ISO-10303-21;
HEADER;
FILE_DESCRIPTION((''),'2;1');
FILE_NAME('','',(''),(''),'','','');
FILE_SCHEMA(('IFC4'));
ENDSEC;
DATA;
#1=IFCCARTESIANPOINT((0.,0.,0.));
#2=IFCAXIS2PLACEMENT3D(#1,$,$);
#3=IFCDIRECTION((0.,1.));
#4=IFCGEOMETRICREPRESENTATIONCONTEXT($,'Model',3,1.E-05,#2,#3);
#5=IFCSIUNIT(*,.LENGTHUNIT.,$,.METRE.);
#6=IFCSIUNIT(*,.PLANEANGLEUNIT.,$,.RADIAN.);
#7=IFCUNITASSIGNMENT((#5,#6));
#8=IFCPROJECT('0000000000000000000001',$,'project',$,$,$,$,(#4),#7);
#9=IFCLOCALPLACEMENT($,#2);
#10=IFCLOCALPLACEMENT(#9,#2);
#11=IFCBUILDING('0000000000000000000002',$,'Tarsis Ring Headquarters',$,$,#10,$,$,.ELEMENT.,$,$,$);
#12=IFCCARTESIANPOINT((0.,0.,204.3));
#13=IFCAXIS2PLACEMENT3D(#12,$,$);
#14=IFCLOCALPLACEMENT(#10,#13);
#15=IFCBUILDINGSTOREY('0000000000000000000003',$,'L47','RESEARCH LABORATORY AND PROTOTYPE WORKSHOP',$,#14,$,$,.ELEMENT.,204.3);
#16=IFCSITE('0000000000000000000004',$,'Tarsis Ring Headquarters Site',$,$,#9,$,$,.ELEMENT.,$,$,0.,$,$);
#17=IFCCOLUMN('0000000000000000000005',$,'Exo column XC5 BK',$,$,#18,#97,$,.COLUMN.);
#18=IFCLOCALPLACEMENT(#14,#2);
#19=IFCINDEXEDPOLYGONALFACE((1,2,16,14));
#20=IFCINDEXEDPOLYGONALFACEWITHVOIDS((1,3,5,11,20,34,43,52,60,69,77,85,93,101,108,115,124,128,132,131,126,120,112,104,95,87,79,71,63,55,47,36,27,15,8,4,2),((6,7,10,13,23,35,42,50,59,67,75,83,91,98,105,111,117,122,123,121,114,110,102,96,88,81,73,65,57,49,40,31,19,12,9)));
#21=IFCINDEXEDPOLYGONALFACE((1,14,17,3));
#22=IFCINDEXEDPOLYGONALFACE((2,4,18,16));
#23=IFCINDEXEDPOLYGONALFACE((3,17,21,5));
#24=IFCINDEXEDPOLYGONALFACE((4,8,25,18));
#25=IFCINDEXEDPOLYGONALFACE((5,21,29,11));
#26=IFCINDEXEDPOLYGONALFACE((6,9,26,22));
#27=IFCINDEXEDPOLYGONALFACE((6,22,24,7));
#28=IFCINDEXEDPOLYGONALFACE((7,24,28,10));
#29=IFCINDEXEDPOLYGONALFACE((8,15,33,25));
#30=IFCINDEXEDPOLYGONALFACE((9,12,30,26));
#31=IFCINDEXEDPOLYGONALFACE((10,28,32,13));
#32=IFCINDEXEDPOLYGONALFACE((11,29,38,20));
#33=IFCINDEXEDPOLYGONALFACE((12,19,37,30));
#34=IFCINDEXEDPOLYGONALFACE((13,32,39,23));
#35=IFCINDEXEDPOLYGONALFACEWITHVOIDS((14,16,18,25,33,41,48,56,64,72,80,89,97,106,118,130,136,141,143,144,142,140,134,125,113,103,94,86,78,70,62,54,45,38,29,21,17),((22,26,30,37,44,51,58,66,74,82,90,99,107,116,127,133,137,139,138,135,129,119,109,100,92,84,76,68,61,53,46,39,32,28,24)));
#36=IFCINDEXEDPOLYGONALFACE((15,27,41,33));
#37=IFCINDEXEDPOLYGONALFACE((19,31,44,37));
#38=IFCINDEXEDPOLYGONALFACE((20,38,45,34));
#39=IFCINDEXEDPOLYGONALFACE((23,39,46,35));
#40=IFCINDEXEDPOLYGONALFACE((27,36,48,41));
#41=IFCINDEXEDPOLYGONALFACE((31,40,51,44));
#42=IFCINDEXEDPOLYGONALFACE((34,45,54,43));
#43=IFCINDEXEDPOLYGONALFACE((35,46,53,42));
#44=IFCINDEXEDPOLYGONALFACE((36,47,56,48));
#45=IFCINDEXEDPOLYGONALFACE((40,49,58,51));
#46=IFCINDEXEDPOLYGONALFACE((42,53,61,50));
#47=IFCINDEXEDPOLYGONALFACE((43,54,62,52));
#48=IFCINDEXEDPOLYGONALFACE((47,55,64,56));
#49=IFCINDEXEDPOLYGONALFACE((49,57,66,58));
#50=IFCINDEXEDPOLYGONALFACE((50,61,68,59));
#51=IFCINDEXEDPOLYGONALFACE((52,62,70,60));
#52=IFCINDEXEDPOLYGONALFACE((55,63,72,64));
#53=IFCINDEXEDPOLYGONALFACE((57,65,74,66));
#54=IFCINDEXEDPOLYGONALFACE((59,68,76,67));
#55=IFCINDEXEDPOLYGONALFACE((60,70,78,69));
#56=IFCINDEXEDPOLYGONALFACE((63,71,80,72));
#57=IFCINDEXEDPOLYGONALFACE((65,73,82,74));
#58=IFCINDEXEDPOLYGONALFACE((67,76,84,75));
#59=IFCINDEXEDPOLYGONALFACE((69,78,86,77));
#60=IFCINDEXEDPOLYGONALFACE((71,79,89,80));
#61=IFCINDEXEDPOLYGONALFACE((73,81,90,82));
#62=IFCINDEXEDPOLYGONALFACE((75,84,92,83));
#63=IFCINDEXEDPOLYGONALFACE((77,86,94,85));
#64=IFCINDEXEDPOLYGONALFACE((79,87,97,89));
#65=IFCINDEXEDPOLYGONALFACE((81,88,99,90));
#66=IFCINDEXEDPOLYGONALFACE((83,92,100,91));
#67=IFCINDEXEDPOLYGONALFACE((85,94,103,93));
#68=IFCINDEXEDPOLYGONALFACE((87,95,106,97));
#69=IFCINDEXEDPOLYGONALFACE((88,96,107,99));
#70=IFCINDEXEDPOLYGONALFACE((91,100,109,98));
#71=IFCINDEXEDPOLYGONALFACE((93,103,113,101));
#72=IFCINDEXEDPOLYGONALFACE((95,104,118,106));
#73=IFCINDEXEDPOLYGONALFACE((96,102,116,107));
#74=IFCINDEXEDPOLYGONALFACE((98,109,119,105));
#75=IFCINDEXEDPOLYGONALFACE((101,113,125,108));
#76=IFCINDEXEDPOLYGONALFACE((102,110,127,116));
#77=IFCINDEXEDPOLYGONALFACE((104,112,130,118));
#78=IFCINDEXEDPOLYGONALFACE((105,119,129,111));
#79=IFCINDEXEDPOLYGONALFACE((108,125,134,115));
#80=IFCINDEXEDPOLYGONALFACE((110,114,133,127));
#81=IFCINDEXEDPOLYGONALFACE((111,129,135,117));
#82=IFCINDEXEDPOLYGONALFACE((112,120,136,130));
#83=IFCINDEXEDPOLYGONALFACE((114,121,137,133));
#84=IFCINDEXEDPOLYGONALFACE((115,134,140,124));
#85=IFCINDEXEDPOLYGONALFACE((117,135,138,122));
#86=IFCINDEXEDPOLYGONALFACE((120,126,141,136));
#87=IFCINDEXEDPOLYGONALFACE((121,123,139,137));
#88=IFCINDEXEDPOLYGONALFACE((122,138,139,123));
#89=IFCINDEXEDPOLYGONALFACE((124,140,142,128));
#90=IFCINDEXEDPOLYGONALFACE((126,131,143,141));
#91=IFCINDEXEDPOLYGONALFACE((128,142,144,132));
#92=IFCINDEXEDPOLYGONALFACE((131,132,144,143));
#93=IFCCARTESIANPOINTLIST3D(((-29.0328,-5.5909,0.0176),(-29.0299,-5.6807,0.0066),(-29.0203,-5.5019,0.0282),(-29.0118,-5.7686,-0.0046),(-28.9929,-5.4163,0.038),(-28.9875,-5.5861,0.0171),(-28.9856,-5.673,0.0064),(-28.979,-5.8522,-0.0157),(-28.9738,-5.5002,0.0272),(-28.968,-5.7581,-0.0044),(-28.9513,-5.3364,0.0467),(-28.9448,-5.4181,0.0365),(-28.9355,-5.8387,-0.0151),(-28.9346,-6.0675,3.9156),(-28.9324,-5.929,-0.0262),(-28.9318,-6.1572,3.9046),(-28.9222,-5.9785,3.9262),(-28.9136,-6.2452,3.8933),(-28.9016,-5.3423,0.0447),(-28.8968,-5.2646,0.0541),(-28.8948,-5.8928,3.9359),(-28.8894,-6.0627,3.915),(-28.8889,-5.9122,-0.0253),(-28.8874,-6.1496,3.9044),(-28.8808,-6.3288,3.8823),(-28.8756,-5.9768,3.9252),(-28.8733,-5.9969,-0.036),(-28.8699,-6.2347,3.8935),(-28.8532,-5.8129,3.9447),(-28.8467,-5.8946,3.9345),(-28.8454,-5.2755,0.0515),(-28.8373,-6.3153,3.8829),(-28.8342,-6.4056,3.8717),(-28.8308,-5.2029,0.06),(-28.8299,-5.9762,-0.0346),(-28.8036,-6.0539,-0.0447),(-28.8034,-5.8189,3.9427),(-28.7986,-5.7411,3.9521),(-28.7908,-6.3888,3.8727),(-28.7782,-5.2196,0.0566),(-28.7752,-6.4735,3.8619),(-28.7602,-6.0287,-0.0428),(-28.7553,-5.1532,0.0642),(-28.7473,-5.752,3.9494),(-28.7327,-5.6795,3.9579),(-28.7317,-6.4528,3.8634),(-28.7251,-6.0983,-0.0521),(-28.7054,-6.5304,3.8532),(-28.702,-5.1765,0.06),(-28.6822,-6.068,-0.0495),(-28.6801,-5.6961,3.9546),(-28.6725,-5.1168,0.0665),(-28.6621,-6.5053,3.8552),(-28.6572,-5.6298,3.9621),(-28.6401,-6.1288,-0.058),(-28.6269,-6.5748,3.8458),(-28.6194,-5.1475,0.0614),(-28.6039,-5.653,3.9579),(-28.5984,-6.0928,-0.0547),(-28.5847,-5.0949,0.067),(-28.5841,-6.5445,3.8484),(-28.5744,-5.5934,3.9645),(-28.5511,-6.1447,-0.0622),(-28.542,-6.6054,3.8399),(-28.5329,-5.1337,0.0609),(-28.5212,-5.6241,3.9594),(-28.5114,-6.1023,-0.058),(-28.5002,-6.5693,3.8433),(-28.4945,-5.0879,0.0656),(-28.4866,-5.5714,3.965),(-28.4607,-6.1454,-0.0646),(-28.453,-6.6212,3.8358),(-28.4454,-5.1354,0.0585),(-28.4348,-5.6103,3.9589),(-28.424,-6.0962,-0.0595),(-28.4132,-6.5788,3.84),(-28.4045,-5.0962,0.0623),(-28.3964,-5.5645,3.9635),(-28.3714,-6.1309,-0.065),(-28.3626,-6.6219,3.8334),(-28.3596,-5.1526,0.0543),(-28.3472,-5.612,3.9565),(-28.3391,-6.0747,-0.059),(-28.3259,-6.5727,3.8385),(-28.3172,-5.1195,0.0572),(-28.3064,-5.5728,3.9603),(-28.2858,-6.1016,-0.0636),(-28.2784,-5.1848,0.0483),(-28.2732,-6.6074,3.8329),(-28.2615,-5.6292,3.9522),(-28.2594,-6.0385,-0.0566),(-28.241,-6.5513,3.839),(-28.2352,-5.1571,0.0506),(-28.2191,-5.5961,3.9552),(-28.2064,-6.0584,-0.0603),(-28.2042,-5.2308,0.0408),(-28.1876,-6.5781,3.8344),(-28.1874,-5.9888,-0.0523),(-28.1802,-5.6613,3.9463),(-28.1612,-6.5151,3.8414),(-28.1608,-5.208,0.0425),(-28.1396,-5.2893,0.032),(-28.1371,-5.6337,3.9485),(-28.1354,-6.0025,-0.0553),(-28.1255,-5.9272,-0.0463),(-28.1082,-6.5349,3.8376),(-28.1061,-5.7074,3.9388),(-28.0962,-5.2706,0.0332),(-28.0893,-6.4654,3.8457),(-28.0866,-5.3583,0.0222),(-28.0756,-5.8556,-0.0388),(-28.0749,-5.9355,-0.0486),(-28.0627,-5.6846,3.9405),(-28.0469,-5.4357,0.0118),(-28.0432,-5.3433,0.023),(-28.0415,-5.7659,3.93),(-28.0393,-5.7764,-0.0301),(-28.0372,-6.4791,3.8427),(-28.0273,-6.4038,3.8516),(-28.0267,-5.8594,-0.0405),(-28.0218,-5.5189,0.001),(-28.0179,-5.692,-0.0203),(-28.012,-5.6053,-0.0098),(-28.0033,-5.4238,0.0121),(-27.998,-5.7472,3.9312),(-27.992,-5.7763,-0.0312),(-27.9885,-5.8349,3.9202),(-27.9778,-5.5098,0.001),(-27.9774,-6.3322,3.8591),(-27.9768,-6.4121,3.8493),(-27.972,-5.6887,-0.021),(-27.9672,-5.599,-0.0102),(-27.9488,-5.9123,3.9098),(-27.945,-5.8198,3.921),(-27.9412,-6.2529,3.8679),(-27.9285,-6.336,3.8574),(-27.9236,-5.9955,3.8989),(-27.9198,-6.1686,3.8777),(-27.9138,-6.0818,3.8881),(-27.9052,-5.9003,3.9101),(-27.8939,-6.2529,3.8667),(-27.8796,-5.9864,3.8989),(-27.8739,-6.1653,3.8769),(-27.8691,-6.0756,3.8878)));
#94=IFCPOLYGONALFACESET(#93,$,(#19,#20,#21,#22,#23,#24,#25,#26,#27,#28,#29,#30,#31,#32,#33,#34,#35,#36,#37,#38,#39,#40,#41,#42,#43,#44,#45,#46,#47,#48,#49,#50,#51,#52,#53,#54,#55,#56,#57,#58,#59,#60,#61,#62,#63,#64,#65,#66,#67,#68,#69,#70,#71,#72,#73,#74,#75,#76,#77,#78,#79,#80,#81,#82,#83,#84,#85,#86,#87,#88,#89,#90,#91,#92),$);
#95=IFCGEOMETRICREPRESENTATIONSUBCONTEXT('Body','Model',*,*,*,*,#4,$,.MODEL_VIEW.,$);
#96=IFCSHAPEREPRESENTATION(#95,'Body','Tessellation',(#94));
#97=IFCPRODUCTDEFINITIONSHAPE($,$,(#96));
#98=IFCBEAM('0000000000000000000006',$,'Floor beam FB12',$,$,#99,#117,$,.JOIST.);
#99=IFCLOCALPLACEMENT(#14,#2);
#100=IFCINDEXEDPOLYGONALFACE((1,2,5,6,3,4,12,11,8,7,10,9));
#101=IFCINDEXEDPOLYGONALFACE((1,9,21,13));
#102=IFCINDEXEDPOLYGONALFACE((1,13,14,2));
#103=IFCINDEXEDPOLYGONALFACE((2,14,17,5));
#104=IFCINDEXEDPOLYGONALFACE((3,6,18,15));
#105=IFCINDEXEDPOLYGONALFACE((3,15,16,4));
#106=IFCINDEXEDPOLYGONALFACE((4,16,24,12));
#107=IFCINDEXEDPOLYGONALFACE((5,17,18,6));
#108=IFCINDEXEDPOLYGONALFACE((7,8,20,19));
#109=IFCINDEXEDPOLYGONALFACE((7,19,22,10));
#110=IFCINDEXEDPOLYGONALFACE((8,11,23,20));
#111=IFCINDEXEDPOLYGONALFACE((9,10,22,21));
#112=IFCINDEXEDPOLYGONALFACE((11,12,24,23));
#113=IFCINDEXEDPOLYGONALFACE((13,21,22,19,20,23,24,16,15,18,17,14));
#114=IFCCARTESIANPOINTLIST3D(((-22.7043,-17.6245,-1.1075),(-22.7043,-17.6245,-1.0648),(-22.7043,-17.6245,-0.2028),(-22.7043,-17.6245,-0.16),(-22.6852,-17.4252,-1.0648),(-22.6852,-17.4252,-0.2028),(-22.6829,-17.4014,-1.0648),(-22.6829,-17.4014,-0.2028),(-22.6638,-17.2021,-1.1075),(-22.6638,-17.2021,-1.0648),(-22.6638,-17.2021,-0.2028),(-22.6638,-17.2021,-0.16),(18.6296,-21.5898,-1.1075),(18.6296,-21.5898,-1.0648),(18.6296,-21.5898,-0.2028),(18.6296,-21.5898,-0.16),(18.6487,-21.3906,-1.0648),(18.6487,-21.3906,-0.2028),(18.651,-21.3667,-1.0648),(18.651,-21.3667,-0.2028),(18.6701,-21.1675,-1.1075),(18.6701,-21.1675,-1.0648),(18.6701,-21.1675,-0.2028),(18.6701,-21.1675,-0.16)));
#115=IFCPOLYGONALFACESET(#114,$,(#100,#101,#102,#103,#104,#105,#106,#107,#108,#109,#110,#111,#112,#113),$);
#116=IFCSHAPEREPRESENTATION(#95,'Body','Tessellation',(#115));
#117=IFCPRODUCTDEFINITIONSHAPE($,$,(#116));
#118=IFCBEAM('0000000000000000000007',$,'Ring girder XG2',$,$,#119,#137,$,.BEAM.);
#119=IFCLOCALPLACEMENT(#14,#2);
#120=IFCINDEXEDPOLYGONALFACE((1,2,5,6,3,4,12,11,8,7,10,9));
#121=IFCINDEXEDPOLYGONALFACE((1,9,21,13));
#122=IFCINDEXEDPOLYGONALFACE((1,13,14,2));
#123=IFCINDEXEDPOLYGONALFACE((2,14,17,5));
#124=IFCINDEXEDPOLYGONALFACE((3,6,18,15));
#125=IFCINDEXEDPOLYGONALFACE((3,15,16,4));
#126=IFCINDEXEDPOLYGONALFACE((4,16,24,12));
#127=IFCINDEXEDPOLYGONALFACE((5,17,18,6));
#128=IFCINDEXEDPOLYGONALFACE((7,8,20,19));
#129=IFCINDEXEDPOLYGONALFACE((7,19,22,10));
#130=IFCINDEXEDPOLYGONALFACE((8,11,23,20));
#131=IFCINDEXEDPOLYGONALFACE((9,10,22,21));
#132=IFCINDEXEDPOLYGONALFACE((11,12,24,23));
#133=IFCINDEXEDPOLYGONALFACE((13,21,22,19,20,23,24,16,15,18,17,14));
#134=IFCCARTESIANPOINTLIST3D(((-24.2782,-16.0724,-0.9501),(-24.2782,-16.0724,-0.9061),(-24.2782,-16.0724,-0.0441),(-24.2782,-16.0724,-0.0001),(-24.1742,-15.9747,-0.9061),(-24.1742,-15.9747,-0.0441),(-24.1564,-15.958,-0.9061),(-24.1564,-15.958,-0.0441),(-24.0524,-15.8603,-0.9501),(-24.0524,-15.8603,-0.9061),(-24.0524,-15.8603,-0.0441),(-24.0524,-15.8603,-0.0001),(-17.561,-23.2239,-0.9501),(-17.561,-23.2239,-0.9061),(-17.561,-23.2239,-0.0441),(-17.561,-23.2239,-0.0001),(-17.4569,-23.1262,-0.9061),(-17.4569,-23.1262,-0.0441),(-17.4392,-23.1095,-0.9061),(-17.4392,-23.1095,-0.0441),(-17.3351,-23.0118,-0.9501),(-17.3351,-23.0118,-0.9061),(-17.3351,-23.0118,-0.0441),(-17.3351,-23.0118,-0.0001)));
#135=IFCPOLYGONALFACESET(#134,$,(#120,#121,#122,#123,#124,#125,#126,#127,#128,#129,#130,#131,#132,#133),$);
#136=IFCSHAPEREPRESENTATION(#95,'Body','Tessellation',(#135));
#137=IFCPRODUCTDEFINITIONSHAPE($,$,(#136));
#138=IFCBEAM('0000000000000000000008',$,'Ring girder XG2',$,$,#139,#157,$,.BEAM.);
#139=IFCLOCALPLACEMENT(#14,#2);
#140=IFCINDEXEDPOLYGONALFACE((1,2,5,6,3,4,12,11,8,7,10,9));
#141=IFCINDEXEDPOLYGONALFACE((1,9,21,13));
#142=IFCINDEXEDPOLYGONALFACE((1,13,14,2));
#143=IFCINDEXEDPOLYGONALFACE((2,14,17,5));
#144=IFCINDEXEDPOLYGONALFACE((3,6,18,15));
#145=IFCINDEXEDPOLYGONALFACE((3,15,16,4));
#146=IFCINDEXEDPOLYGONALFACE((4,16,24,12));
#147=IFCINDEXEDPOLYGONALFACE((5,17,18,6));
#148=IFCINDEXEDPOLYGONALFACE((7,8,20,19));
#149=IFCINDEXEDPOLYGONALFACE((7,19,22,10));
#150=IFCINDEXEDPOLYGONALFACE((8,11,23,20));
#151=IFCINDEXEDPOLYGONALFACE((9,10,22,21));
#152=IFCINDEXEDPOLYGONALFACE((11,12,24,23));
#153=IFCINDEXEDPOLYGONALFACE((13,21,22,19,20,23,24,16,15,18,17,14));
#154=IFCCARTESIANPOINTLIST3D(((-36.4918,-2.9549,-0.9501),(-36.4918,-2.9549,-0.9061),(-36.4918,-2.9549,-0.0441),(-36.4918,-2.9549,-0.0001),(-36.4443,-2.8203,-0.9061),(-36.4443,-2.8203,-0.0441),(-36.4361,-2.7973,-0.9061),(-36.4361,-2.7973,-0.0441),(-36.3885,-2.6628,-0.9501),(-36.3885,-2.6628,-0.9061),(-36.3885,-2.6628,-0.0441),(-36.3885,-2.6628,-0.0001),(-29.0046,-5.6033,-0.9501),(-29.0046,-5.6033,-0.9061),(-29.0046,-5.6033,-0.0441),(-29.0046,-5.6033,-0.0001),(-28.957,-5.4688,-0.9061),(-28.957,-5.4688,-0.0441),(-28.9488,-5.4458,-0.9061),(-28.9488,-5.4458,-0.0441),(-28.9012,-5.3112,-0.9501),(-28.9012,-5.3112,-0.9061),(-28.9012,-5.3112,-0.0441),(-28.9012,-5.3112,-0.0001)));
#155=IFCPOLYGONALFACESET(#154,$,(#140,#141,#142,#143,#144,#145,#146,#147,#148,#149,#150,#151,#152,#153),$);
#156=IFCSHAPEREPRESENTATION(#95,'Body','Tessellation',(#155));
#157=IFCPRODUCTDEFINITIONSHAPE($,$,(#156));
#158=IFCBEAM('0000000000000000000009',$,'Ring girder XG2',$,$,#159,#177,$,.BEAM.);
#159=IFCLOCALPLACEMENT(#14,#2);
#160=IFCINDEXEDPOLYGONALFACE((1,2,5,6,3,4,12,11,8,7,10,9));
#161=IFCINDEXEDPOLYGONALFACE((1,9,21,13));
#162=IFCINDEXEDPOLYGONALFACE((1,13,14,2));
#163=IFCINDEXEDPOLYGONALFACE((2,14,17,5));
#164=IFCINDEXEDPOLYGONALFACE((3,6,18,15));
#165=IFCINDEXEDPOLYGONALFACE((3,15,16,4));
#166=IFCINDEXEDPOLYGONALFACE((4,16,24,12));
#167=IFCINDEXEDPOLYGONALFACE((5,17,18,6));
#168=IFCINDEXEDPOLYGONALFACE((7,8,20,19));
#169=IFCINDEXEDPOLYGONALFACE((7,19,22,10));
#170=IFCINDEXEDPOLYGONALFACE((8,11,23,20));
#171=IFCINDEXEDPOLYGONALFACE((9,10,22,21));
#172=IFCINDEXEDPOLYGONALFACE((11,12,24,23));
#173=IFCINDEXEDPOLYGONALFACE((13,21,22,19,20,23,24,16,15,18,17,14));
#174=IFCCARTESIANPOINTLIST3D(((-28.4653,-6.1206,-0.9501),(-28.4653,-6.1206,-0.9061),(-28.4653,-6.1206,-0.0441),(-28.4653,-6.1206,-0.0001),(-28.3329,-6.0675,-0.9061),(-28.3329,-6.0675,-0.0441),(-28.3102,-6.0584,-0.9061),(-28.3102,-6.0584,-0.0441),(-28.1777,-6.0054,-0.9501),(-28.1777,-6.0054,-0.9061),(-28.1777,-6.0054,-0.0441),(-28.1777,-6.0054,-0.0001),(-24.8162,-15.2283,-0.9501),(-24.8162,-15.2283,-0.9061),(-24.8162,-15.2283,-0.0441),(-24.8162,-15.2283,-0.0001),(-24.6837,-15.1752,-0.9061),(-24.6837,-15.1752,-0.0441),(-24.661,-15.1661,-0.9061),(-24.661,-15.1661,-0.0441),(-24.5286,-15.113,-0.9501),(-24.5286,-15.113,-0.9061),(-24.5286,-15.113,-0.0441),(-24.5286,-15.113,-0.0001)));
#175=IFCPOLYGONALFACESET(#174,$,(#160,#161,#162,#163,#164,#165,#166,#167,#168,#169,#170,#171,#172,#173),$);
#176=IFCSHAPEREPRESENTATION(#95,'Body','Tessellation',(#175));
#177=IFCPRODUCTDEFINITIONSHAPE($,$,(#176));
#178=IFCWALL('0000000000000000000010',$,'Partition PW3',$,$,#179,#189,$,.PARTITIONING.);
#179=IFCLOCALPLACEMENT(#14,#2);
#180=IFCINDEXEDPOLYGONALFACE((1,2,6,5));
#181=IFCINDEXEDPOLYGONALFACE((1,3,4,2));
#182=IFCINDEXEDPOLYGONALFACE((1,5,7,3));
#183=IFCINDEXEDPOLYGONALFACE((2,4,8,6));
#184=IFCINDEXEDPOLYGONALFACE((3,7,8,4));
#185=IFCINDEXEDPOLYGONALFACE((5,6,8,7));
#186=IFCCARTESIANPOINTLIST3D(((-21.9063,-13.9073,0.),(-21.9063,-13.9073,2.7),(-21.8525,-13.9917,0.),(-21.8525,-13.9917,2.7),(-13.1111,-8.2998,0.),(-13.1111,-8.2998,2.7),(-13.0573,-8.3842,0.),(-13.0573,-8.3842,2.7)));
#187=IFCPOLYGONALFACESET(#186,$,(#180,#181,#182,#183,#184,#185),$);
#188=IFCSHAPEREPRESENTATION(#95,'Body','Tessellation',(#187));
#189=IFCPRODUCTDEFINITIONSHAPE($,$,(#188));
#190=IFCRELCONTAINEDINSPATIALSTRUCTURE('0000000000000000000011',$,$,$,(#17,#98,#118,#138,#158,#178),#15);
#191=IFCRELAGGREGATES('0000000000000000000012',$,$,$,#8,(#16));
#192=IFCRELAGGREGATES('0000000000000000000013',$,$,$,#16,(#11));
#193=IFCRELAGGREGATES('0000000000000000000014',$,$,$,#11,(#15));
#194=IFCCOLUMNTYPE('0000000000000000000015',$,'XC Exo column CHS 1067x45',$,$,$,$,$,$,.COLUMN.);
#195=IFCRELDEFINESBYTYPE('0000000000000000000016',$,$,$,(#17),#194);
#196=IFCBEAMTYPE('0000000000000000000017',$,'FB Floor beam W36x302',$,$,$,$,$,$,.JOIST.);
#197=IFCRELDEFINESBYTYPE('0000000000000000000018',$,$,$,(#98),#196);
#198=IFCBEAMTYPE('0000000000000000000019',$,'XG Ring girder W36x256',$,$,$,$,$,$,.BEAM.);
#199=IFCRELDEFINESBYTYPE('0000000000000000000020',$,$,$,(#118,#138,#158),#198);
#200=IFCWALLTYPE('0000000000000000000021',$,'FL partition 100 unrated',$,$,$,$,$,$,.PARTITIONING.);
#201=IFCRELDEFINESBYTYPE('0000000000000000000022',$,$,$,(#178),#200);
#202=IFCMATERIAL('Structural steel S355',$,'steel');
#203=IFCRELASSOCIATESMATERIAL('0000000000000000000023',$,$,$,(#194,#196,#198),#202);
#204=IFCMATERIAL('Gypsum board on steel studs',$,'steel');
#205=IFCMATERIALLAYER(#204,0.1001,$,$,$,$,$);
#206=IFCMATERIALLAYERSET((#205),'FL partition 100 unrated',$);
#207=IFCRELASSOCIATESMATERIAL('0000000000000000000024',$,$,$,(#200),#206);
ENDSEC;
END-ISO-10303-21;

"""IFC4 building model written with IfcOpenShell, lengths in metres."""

from ifc_helpers import new_model, si_unit, direction, frame, frame_2d, origin, origin_2d, place, context, subcontext, project, spatial, rectangle, hollow_circle, i_section, extrude, material, layer, layer_set, material_profile, profile_set, type_object, element, save


model = new_model("IFC4")

# Units and contexts
model_context = context("Model", 3, precision=1e-05, world=origin(), true_north=direction((0.0, 1.0)))
body_context = subcontext(model_context, "Body", "Model", "MODEL_VIEW")
ifc_project = project(units=[si_unit("LENGTHUNIT", "METRE"), si_unit("PLANEANGLEUNIT", "RADIAN")], contexts=[model_context])

# Site, building, storey
site_placement = place(None, origin())
site = spatial("IfcSite", under=ifc_project, at=site_placement, Name="Tarsis Ring Headquarters Site", CompositionType="ELEMENT", RefElevation=0.0)
building_placement = place(site_placement, origin())
building = spatial("IfcBuilding", under=site, at=building_placement, Name="Tarsis Ring Headquarters", CompositionType="ELEMENT")
storey_placement = place(building_placement, frame((0.0, 0.0, 204.3)))
storey = spatial("IfcBuildingStorey", under=building, at=storey_placement, Name="L47", Description="RESEARCH LABORATORY AND PROTOTYPE WORKSHOP", CompositionType="ELEMENT", Elevation=204.3)

# Column
ifc_material_1 = material(Name="Structural steel S355", Category="steel")
ifc_material_profile_1 = material_profile(ifc_material_1, hollow_circle(Radius=0.5334, WallThickness=0.0449, at=origin_2d()), Name="CHS 1067x45")
ifc_profile_set_1 = profile_set([ifc_material_profile_1], Name="Structural steel S355")
column_type = type_object("IfcColumnType", Name="XC Exo column CHS 1067x45", PredefinedType="COLUMN", material=ifc_profile_set_1)
column_1_placement = place(storey_placement, frame((-28.5002, -5.6174, 0.001), z_axis=(0.024985, -0.121318, 0.992299), x_axis=(0.979445, 0.20171, 0.0)))
element("IfcColumn", 1, at=column_1_placement, inside=storey, type_object=column_type, Name="Exo column XC5 BK", PredefinedType="COLUMN", context=body_context, shape_type="SweptSolid", body=[
    extrude(hollow_circle(Radius=0.5334, WallThickness=0.0449, at=origin_2d()), origin(), (0.0, 0.0, 1.0), 3.9282),
])

# Beams
ifc_material_profile_2 = material_profile(ifc_material_1, i_section(OverallWidth=0.4243, OverallDepth=0.9475, WebThickness=0.0239, FlangeThickness=0.0427, at=origin_2d()), Name="W36x302")
ifc_profile_set_2 = profile_set([ifc_material_profile_2], Name="Structural steel S355")
beam_type_1 = type_object("IfcBeamType", Name="FB Floor beam W36x302", PredefinedType="JOIST", material=ifc_profile_set_2)
beam_1_placement = place(storey_placement, frame((-22.6841, -17.4133, -0.6338), z_axis=(0.99543, -0.095496, 0.0), x_axis=(0.095496, 0.99543, 0.0)))
element("IfcBeam", 2, at=beam_1_placement, inside=storey, type_object=beam_type_1, Name="Floor beam FB12", PredefinedType="JOIST", context=body_context, shape_type="SweptSolid", body=[
    extrude(i_section(OverallWidth=0.4243, OverallDepth=0.9475, WebThickness=0.0239, FlangeThickness=0.0427, at=origin_2d()), origin(), (0.0, 0.0, 1.0), 41.5237),
])
ifc_material_profile_3 = material_profile(ifc_material_1, i_section(OverallWidth=0.3098, OverallDepth=0.95, WebThickness=0.0244, FlangeThickness=0.0439, at=origin_2d()), Name="W36x256")
ifc_profile_set_3 = profile_set([ifc_material_profile_3], Name="Structural steel S355")
beam_type_2 = type_object("IfcBeamType", Name="XG Ring girder W36x256", PredefinedType="BEAM", material=ifc_profile_set_3)
beam_2_placement = place(storey_placement, frame((-24.1653, -15.9663, -0.4751), z_axis=(0.684627, -0.728894, 0.0), x_axis=(0.728894, 0.684627, 0.0)))
element("IfcBeam", 3, at=beam_2_placement, inside=storey, type_object=beam_type_2, Name="Ring girder XG2", PredefinedType="BEAM", context=body_context, shape_type="SweptSolid", body=[
    extrude(i_section(OverallWidth=0.3098, OverallDepth=0.95, WebThickness=0.0244, FlangeThickness=0.0439, at=origin_2d()), origin(), (0.0, 0.0, 1.0), 9.8115),
])
beam_3_placement = place(storey_placement, frame((-36.4402, -2.8088, -0.4751), z_axis=(0.942759, -0.333476, 0.0), x_axis=(0.333476, 0.942759, 0.0)))
element("IfcBeam", 4, at=beam_3_placement, inside=storey, type_object=beam_type_2, Name="Ring girder XG2", PredefinedType="BEAM", context=body_context, shape_type="SweptSolid", body=[
    extrude(i_section(OverallWidth=0.3098, OverallDepth=0.95, WebThickness=0.0244, FlangeThickness=0.0439, at=origin_2d()), origin(), (0.0, 0.0, 1.0), 7.9419),
])
beam_4_placement = place(storey_placement, frame((-28.3215, -6.063, -0.4751), z_axis=(0.371927, -0.928262, 0.0), x_axis=(0.928262, 0.371927, 0.0)))
element("IfcBeam", 5, at=beam_4_placement, inside=storey, type_object=beam_type_2, Name="Ring girder XG2", PredefinedType="BEAM", context=body_context, shape_type="SweptSolid", body=[
    extrude(i_section(OverallWidth=0.3098, OverallDepth=0.95, WebThickness=0.0244, FlangeThickness=0.0439, at=origin_2d()), origin(), (0.0, 0.0, 1.0), 9.8115),
])

# Wall
ifc_material_2 = material(Name="Gypsum board on steel studs", Category="steel")
ifc_layer_1 = layer(ifc_material_2, 0.1001)
ifc_layer_set_1 = layer_set([ifc_layer_1], Name="FL partition 100 unrated")
wall_type_1 = type_object("IfcWallType", Name="FL partition 100 unrated", PredefinedType="PARTITIONING", material=ifc_layer_set_1)
wall_1_placement = place(storey_placement, frame((-21.8794, -13.9495, 0.0), z_axis=(0.0, 0.0, 1.0), x_axis=(0.843205, 0.537592, 0.0)))
element("IfcWall", 6, at=wall_1_placement, inside=storey, type_object=wall_type_1, Name="Partition PW3", PredefinedType="PARTITIONING", context=body_context, shape_type="SweptSolid", body=[
    extrude(rectangle(XDim=10.4307, YDim=0.1001, at=frame_2d((5.2153, 0.0))), origin(), (0.0, 0.0, 1.0), 2.7),
])

save(model, "model.ifc")
